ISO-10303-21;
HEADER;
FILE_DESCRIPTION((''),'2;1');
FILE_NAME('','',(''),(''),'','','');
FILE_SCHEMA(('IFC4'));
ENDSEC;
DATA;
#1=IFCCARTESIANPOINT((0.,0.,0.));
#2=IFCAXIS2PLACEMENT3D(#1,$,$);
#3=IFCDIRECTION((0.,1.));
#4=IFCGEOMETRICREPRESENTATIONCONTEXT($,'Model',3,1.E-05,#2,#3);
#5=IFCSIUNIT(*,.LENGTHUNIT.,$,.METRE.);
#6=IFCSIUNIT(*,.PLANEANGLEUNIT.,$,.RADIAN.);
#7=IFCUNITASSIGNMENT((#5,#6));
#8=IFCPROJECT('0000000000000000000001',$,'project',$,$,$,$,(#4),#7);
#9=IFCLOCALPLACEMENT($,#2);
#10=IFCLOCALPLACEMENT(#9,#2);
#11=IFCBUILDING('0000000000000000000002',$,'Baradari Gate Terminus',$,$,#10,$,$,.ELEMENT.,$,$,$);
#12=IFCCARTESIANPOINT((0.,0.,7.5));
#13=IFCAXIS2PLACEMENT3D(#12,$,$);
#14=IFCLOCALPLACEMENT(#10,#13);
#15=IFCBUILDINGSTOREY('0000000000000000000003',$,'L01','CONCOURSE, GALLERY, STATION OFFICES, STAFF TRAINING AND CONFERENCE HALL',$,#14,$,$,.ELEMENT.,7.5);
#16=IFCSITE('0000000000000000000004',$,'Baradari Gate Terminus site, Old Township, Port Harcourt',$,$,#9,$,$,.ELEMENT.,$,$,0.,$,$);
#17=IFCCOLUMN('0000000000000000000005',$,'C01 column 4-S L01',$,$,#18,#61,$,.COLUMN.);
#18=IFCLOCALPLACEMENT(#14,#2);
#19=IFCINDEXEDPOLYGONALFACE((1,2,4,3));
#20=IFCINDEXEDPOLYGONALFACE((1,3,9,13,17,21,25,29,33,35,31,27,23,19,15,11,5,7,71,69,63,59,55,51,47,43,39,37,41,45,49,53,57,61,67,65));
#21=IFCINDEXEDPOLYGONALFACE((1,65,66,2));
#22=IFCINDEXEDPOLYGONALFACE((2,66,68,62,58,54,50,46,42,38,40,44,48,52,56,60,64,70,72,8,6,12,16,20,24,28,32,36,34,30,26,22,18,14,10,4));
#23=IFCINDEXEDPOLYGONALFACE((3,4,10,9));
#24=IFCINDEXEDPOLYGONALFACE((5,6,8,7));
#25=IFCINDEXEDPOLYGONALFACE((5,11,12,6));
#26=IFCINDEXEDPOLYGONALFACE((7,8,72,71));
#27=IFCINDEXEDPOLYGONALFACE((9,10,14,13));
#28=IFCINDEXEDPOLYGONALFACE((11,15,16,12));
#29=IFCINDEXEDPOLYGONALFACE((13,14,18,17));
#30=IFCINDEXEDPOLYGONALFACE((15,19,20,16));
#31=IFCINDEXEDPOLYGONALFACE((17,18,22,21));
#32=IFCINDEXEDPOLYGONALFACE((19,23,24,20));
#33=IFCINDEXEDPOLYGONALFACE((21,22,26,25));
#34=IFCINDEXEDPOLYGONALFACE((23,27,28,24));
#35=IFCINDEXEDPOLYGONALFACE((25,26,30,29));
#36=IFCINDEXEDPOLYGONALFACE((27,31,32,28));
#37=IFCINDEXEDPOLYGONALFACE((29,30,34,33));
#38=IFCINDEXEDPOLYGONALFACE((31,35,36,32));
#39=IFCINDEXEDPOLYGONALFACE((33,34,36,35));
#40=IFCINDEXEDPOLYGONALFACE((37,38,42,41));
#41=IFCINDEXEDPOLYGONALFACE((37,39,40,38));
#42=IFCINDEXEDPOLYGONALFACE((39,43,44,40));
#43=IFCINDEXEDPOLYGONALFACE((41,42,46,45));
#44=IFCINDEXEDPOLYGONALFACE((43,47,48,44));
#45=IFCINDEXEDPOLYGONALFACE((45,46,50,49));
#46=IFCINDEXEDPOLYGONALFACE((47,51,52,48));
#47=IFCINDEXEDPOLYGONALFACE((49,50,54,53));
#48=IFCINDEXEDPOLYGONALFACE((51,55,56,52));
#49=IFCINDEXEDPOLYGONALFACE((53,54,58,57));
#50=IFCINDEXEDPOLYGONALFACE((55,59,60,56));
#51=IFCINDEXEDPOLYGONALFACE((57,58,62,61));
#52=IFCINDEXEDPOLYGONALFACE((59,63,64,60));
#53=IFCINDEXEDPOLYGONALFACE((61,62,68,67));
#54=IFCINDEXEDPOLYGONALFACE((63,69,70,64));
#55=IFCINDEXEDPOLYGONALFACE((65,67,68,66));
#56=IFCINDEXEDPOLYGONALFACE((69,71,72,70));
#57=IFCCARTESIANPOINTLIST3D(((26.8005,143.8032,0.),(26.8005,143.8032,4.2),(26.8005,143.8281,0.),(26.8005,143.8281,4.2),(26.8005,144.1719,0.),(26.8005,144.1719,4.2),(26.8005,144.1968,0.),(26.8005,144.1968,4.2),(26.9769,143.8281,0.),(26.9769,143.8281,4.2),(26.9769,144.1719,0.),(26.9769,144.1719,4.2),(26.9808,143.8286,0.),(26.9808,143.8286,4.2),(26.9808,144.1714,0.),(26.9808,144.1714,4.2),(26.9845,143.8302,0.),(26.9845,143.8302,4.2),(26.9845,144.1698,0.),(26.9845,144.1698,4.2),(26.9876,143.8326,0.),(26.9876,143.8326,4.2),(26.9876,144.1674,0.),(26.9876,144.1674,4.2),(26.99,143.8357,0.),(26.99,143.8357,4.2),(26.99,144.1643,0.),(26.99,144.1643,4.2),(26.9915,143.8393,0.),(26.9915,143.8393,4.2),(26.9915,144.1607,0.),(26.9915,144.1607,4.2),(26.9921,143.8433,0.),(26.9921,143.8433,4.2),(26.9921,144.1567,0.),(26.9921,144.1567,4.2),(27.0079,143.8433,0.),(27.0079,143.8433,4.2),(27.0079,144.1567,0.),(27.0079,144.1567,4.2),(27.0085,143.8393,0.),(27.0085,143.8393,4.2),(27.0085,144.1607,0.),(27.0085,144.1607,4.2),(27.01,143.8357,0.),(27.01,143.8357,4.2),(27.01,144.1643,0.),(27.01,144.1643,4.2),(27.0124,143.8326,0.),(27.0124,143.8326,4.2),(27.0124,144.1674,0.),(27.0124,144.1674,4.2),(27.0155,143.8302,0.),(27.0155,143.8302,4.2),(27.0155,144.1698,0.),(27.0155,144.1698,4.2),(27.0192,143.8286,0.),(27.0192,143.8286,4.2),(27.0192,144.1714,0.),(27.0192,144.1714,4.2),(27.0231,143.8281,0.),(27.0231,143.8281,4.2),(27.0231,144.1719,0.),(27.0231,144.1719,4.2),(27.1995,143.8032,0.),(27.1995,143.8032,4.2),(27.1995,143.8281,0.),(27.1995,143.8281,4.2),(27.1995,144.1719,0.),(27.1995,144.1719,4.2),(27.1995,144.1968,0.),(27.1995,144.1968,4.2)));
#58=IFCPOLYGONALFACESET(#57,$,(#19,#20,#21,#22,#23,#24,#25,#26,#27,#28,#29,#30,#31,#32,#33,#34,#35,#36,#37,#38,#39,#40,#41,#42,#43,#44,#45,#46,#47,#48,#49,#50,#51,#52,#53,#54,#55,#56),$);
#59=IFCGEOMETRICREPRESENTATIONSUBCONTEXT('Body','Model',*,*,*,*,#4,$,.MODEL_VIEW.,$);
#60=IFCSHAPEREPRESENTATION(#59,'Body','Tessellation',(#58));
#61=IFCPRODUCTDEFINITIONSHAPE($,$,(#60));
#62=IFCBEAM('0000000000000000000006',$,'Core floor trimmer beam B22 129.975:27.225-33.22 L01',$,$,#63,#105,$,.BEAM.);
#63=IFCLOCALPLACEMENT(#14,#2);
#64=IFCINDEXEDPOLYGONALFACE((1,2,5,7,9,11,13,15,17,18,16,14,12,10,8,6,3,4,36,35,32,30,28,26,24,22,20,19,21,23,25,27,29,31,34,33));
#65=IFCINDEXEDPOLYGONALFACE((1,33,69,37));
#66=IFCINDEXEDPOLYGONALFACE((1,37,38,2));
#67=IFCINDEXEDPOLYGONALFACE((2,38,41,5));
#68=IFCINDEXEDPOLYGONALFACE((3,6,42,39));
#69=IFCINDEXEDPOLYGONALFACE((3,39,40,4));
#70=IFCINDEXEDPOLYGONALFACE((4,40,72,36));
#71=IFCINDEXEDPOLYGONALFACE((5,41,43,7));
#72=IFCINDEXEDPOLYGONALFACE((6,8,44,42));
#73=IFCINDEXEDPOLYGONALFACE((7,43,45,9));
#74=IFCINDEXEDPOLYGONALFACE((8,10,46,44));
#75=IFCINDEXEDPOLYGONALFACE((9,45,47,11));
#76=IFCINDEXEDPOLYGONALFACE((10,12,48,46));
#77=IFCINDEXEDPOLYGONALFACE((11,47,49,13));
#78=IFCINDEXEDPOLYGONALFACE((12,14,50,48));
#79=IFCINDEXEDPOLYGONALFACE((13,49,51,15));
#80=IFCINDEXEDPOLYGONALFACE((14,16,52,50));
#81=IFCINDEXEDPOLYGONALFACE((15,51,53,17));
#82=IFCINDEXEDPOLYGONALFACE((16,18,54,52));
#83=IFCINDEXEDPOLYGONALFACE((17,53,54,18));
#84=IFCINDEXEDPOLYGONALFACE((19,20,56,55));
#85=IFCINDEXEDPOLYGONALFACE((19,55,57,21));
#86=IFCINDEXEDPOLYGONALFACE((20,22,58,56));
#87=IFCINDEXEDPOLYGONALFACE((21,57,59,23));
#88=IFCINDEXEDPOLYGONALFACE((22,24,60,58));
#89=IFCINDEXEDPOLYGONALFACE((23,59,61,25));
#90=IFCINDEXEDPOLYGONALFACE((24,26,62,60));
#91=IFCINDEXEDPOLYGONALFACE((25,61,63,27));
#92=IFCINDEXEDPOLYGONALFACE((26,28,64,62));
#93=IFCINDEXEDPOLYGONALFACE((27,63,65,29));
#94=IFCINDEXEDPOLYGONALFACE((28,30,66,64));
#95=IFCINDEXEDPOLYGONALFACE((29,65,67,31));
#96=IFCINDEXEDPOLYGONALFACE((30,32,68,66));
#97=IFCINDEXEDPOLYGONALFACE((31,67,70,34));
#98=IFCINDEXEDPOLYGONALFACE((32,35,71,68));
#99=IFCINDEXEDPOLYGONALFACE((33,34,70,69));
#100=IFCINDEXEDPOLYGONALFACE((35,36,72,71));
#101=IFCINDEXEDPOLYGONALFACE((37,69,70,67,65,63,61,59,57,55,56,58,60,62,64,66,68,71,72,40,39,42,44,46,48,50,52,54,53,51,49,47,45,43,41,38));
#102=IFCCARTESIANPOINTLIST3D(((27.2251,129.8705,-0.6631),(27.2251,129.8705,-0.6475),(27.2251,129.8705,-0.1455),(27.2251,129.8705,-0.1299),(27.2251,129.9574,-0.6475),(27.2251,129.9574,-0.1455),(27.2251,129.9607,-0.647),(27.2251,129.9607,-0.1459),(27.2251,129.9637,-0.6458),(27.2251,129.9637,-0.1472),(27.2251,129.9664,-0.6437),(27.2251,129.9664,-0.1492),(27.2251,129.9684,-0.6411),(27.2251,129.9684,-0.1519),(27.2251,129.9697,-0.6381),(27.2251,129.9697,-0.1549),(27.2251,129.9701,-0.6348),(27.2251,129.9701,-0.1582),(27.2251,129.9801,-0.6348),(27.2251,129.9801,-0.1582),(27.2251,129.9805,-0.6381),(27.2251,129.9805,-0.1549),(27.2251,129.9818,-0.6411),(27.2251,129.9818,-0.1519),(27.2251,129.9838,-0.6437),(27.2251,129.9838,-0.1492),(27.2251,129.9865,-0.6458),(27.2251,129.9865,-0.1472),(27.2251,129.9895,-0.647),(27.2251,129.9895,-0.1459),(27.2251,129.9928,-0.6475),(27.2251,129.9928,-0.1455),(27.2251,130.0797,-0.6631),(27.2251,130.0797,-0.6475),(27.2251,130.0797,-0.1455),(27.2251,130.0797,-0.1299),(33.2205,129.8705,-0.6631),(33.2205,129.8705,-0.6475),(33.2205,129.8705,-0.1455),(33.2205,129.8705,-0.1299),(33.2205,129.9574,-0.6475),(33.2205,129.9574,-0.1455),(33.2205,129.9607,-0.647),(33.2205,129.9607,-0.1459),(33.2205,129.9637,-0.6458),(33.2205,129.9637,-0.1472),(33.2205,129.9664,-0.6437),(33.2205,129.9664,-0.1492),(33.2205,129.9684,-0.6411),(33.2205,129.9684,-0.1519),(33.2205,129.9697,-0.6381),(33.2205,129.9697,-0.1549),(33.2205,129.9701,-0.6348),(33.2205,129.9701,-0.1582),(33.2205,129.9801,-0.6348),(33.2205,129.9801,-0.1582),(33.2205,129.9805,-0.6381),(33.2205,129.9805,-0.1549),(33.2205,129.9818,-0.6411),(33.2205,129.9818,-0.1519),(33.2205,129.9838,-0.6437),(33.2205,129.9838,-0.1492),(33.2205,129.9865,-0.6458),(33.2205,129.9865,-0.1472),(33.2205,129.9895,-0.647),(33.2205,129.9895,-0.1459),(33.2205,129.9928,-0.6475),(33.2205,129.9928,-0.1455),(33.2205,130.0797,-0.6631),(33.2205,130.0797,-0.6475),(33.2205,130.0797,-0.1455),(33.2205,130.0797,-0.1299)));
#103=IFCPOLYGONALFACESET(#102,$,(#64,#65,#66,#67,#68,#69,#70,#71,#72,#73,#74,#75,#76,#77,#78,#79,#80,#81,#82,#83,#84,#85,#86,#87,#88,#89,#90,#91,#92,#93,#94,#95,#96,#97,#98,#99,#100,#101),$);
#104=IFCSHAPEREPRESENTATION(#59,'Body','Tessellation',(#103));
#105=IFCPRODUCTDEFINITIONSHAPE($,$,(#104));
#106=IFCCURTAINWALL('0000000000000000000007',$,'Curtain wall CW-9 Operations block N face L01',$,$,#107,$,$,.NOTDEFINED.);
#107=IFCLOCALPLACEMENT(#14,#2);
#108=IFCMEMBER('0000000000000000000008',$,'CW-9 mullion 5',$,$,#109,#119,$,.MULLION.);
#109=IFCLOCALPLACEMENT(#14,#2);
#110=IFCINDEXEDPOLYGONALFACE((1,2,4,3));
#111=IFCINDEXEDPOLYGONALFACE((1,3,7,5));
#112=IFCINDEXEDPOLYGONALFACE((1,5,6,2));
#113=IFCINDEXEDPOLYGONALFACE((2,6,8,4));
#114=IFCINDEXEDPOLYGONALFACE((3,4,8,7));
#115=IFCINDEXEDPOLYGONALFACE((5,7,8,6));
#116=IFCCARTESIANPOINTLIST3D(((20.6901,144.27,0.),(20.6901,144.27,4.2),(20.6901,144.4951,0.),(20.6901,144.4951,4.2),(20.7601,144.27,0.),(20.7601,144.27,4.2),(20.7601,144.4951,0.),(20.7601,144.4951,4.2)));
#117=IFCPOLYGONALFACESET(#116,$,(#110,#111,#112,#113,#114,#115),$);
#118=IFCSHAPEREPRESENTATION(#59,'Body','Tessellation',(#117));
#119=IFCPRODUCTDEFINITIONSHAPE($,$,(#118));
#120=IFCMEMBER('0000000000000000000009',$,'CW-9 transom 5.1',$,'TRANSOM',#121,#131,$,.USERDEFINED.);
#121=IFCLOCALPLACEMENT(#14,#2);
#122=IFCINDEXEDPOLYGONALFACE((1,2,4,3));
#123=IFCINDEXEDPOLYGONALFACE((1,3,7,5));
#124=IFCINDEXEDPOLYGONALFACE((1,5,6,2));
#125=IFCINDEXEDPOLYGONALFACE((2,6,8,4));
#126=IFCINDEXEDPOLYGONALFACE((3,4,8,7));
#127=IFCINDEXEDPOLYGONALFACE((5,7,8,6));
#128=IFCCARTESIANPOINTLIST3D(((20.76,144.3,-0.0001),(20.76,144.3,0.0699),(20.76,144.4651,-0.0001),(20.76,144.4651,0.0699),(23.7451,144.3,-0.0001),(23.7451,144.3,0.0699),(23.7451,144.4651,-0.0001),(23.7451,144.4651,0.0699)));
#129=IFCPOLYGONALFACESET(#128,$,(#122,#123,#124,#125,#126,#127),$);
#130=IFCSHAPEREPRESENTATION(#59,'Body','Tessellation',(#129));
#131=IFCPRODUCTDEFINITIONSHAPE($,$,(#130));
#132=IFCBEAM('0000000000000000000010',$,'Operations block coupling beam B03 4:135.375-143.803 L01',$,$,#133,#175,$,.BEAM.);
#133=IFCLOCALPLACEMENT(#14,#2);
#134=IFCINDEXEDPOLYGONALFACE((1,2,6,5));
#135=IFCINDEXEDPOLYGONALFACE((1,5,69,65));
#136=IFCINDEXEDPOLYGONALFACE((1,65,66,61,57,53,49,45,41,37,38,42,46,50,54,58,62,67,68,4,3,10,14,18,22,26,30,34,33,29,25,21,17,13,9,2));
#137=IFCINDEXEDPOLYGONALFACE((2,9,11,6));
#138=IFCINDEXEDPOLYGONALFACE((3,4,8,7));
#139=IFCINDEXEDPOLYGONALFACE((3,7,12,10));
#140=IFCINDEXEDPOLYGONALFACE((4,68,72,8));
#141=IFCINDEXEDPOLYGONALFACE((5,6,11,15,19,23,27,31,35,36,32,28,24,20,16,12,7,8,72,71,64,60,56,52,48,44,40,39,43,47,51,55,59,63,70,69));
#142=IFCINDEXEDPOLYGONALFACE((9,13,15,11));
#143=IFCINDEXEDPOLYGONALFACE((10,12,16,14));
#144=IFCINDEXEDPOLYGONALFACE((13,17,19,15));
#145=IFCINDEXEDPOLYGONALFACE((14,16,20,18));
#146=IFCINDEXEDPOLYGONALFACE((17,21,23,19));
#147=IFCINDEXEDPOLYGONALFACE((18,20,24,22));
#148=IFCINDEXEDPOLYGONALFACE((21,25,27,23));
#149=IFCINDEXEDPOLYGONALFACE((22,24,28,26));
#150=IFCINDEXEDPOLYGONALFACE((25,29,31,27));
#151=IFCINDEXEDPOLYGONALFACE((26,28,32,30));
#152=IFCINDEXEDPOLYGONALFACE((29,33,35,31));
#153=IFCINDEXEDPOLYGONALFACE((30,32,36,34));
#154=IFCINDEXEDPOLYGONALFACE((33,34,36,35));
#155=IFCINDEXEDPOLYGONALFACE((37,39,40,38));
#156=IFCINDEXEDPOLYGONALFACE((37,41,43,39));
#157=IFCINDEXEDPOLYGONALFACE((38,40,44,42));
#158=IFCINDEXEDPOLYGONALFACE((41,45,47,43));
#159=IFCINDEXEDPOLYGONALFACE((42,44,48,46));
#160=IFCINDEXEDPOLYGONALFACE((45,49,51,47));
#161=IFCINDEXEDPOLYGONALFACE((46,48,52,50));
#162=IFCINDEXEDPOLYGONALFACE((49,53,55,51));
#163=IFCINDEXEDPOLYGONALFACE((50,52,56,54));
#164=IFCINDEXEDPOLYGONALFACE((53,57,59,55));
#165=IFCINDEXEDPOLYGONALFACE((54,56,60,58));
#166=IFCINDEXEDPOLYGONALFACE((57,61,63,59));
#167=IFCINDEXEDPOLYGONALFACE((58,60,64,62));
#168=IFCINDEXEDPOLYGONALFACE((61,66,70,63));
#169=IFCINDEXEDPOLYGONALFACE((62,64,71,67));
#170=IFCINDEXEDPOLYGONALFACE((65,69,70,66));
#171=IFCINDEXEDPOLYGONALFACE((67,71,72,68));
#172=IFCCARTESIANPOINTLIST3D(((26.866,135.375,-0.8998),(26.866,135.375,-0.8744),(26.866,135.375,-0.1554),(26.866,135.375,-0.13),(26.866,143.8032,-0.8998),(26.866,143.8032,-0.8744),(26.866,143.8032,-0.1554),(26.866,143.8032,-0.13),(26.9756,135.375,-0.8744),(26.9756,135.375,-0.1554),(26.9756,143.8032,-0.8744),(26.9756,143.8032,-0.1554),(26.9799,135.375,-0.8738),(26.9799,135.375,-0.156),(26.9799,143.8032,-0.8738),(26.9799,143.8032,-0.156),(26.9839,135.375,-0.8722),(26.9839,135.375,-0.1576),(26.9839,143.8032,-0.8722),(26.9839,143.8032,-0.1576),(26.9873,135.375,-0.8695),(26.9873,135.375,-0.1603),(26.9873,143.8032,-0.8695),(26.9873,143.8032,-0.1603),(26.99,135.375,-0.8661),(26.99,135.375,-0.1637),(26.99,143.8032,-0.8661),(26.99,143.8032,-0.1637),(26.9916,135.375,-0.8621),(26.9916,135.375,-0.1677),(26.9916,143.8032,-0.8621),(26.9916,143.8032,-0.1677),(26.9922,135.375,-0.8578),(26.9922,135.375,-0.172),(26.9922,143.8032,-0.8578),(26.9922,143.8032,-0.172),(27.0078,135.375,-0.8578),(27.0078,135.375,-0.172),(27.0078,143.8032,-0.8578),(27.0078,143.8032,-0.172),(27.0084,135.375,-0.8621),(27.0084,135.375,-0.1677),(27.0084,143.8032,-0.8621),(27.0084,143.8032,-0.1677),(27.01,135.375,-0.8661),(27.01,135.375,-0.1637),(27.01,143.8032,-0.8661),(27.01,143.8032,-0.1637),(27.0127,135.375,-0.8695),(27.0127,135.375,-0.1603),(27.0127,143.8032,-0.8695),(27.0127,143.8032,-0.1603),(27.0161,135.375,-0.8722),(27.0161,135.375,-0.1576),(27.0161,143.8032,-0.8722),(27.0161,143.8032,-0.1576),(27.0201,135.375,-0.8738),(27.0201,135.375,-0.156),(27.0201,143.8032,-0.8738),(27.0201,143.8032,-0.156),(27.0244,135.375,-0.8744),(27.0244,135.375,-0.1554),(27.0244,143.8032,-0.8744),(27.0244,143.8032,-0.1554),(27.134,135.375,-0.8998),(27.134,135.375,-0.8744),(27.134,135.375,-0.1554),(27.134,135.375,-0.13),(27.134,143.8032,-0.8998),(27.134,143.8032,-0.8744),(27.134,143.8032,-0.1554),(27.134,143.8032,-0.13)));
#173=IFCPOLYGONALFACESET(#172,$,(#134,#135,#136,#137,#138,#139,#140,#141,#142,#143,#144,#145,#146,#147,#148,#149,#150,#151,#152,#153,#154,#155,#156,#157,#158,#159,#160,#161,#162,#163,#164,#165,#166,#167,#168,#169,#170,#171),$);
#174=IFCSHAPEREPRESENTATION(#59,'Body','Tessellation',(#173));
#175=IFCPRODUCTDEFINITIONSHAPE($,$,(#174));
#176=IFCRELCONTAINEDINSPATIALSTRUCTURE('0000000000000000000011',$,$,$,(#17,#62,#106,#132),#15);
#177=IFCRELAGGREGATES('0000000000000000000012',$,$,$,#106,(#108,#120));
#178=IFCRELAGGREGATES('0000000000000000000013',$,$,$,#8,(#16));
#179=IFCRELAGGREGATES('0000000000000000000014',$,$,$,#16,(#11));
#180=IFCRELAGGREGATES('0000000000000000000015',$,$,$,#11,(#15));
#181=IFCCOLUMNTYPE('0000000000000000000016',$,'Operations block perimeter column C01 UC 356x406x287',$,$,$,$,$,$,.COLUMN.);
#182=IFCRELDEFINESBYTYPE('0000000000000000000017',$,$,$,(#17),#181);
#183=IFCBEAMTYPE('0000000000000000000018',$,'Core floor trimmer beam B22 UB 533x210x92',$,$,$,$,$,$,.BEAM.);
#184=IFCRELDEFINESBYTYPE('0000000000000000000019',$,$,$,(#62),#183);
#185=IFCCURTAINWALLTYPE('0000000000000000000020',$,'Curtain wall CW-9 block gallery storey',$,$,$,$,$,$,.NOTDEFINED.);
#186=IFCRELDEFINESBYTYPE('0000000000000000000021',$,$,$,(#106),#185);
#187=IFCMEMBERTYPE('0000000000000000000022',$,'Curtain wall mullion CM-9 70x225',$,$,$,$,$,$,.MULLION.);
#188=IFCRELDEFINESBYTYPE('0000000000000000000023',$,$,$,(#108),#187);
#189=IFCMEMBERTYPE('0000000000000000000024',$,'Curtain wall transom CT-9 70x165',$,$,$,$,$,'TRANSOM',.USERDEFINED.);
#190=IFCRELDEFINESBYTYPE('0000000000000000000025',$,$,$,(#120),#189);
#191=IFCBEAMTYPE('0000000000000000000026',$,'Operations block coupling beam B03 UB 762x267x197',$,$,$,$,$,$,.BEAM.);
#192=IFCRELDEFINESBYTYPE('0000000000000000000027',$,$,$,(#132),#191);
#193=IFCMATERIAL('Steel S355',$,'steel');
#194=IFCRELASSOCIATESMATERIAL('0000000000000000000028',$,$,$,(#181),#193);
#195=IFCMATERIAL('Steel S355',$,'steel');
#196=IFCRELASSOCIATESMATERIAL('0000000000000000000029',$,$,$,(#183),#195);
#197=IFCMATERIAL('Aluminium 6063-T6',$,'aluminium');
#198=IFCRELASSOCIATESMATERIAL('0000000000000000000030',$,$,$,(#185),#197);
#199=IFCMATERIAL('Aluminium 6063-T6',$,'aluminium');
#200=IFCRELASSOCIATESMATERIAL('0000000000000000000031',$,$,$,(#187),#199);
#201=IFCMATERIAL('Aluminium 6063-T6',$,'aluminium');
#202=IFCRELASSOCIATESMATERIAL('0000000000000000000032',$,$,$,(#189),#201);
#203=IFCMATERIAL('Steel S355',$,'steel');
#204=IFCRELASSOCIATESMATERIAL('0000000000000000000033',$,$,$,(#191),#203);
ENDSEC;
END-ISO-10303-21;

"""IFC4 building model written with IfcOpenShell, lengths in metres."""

from ifc_helpers import new_model, si_unit, direction, frame, origin, origin_2d, place, context, subcontext, project, spatial, rectangle, i_section, extrude, material, material_profile, profile_set, type_object, element, aggregate, save


model = new_model("IFC4")

# Units and contexts
model_context = context("Model", 3, precision=1e-05, world=origin(), true_north=direction((0.0, 1.0)))
body_context = subcontext(model_context, "Body", "Model", "MODEL_VIEW")
ifc_project = project(units=[si_unit("LENGTHUNIT", "METRE"), si_unit("PLANEANGLEUNIT", "RADIAN")], contexts=[model_context])

# Site, building, storey
site_placement = place(None, origin())
site = spatial("IfcSite", under=ifc_project, at=site_placement, Name="Baradari Gate Terminus site, Old Township, Port Harcourt", CompositionType="ELEMENT", RefElevation=0.0)
building_placement = place(site_placement, origin())
building = spatial("IfcBuilding", under=site, at=building_placement, Name="Baradari Gate Terminus", CompositionType="ELEMENT")
storey_placement = place(building_placement, frame((0.0, 0.0, 7.5)))
storey = spatial("IfcBuildingStorey", under=building, at=storey_placement, Name="L01", Description="CONCOURSE, GALLERY, STATION OFFICES, STAFF TRAINING AND CONFERENCE HALL", CompositionType="ELEMENT", Elevation=7.5)

# Column
ifc_material_1 = material(Name="Steel S355", Category="steel")
ifc_material_profile_1 = material_profile(ifc_material_1, i_section(OverallWidth=0.3989, OverallDepth=0.3936, WebThickness=0.0159, FlangeThickness=0.0249, FilletRadius=0.0151, at=origin_2d()), Name="UC 356x406x287")
ifc_profile_set_1 = profile_set([ifc_material_profile_1], Name="Steel S355")
column_type = type_object("IfcColumnType", Name="Operations block perimeter column C01 UC 356x406x287", PredefinedType="COLUMN", material=ifc_profile_set_1)
column_placement = place(storey_placement, frame((27.0, 144.0, 0.0), z_axis=(0.0, 0.0, 1.0), x_axis=(1.0, 0.0, 0.0)))
element("IfcColumn", 1, at=column_placement, inside=storey, type_object=column_type, Name="C01 column 4-S L01", PredefinedType="COLUMN", context=body_context, shape_type="SweptSolid", body=[
    extrude(i_section(OverallWidth=0.3989, OverallDepth=0.3936, WebThickness=0.0159, FlangeThickness=0.0249, FilletRadius=0.0151, at=origin_2d()), origin(), (0.0, 0.0, 1.0), 4.2),
])

# Beam
ifc_material_2 = material(Name="Steel S355", Category="steel")
ifc_material_profile_2 = material_profile(ifc_material_2, i_section(OverallWidth=0.2092, OverallDepth=0.5332, WebThickness=0.01, FlangeThickness=0.0156, FilletRadius=0.0127, at=origin_2d()), Name="UB 533x210x92")
ifc_profile_set_2 = profile_set([ifc_material_profile_2], Name="Steel S355")
beam_type_1 = type_object("IfcBeamType", Name="Core floor trimmer beam B22 UB 533x210x92", PredefinedType="BEAM", material=ifc_profile_set_2)
beam_1_placement = place(storey_placement, frame((27.2251, 129.9751, -0.3965), z_axis=(1.0, 0.0, 0.0), x_axis=(0.0, 1.0, 0.0)))
element("IfcBeam", 2, at=beam_1_placement, inside=storey, type_object=beam_type_1, Name="Core floor trimmer beam B22 129.975:27.225-33.22 L01", PredefinedType="BEAM", context=body_context, shape_type="SweptSolid", body=[
    extrude(i_section(OverallWidth=0.2092, OverallDepth=0.5332, WebThickness=0.01, FlangeThickness=0.0156, FilletRadius=0.0127, at=origin_2d()), origin(), (0.0, 0.0, 1.0), 5.9954),
])

# Curtain wall, members
ifc_material_3 = material(Name="Aluminium 6063-T6", Category="aluminium")
curtain_wall_type = type_object("IfcCurtainWallType", Name="Curtain wall CW-9 block gallery storey", PredefinedType="NOTDEFINED", material=ifc_material_3)
curtain_wall_placement = place(storey_placement, origin())
curtain_wall = element("IfcCurtainWall", 3, at=curtain_wall_placement, inside=storey, type_object=curtain_wall_type, Name="Curtain wall CW-9 Operations block N face L01", PredefinedType="NOTDEFINED")
ifc_material_4 = material(Name="Aluminium 6063-T6", Category="aluminium")
ifc_material_profile_3 = material_profile(ifc_material_4, rectangle(XDim=0.2251, YDim=0.0701, at=origin_2d()), Name="CM-9 70X225")
ifc_profile_set_3 = profile_set([ifc_material_profile_3], Name="Aluminium 6063-T6")
member_type_1 = type_object("IfcMemberType", Name="Curtain wall mullion CM-9 70x225", PredefinedType="MULLION", material=ifc_profile_set_3)
member_1_placement = place(storey_placement, frame((20.7251, 144.3826, 0.0), z_axis=(0.0, 0.0, 1.0), x_axis=(0.0, 1.0, 0.0)))
member_1 = element("IfcMember", 4, at=member_1_placement, type_object=member_type_1, Name="CW-9 mullion 5", PredefinedType="MULLION", context=body_context, shape_type="SweptSolid", body=[
    extrude(rectangle(XDim=0.2251, YDim=0.0701, at=origin_2d()), origin(), (0.0, 0.0, 1.0), 4.2),
])
ifc_material_5 = material(Name="Aluminium 6063-T6", Category="aluminium")
ifc_material_profile_4 = material_profile(ifc_material_5, rectangle(XDim=0.165, YDim=0.0701, at=origin_2d()), Name="CT-9 70X165")
ifc_profile_set_4 = profile_set([ifc_material_profile_4], Name="Aluminium 6063-T6")
member_type_2 = type_object("IfcMemberType", Name="Curtain wall transom CT-9 70x165", ElementType="TRANSOM", PredefinedType="USERDEFINED", material=ifc_profile_set_4)
member_2_placement = place(storey_placement, frame((20.76, 144.3826, 0.0349), z_axis=(1.0, 0.0, 0.0), x_axis=(0.0, 1.0, 0.0)))
member_2 = element("IfcMember", 5, at=member_2_placement, type_object=member_type_2, Name="CW-9 transom 5.1", ObjectType="TRANSOM", PredefinedType="USERDEFINED", context=body_context, shape_type="SweptSolid", body=[
    extrude(rectangle(XDim=0.165, YDim=0.0701, at=origin_2d()), origin(), (0.0, 0.0, 1.0), 2.9851),
])

# Beam
ifc_material_6 = material(Name="Steel S355", Category="steel")
ifc_material_profile_5 = material_profile(ifc_material_6, i_section(OverallWidth=0.2681, OverallDepth=0.7698, WebThickness=0.0156, FlangeThickness=0.0254, FilletRadius=0.0166, at=origin_2d()), Name="UB 762x267x197")
ifc_profile_set_5 = profile_set([ifc_material_profile_5], Name="Steel S355")
beam_type_2 = type_object("IfcBeamType", Name="Operations block coupling beam B03 UB 762x267x197", PredefinedType="BEAM", material=ifc_profile_set_5)
beam_2_placement = place(storey_placement, frame((27.0, 135.375, -0.5149), z_axis=(0.0, 1.0, 0.0), x_axis=(-1.0, 0.0, 0.0)))
element("IfcBeam", 6, at=beam_2_placement, inside=storey, type_object=beam_type_2, Name="Operations block coupling beam B03 4:135.375-143.803 L01", PredefinedType="BEAM", context=body_context, shape_type="SweptSolid", body=[
    extrude(i_section(OverallWidth=0.2681, OverallDepth=0.7698, WebThickness=0.0156, FlangeThickness=0.0254, FilletRadius=0.0166, at=origin_2d()), origin(), (0.0, 0.0, 1.0), 8.4282),
])

aggregate(curtain_wall, [member_1, member_2])

save(model, "model.ifc")
